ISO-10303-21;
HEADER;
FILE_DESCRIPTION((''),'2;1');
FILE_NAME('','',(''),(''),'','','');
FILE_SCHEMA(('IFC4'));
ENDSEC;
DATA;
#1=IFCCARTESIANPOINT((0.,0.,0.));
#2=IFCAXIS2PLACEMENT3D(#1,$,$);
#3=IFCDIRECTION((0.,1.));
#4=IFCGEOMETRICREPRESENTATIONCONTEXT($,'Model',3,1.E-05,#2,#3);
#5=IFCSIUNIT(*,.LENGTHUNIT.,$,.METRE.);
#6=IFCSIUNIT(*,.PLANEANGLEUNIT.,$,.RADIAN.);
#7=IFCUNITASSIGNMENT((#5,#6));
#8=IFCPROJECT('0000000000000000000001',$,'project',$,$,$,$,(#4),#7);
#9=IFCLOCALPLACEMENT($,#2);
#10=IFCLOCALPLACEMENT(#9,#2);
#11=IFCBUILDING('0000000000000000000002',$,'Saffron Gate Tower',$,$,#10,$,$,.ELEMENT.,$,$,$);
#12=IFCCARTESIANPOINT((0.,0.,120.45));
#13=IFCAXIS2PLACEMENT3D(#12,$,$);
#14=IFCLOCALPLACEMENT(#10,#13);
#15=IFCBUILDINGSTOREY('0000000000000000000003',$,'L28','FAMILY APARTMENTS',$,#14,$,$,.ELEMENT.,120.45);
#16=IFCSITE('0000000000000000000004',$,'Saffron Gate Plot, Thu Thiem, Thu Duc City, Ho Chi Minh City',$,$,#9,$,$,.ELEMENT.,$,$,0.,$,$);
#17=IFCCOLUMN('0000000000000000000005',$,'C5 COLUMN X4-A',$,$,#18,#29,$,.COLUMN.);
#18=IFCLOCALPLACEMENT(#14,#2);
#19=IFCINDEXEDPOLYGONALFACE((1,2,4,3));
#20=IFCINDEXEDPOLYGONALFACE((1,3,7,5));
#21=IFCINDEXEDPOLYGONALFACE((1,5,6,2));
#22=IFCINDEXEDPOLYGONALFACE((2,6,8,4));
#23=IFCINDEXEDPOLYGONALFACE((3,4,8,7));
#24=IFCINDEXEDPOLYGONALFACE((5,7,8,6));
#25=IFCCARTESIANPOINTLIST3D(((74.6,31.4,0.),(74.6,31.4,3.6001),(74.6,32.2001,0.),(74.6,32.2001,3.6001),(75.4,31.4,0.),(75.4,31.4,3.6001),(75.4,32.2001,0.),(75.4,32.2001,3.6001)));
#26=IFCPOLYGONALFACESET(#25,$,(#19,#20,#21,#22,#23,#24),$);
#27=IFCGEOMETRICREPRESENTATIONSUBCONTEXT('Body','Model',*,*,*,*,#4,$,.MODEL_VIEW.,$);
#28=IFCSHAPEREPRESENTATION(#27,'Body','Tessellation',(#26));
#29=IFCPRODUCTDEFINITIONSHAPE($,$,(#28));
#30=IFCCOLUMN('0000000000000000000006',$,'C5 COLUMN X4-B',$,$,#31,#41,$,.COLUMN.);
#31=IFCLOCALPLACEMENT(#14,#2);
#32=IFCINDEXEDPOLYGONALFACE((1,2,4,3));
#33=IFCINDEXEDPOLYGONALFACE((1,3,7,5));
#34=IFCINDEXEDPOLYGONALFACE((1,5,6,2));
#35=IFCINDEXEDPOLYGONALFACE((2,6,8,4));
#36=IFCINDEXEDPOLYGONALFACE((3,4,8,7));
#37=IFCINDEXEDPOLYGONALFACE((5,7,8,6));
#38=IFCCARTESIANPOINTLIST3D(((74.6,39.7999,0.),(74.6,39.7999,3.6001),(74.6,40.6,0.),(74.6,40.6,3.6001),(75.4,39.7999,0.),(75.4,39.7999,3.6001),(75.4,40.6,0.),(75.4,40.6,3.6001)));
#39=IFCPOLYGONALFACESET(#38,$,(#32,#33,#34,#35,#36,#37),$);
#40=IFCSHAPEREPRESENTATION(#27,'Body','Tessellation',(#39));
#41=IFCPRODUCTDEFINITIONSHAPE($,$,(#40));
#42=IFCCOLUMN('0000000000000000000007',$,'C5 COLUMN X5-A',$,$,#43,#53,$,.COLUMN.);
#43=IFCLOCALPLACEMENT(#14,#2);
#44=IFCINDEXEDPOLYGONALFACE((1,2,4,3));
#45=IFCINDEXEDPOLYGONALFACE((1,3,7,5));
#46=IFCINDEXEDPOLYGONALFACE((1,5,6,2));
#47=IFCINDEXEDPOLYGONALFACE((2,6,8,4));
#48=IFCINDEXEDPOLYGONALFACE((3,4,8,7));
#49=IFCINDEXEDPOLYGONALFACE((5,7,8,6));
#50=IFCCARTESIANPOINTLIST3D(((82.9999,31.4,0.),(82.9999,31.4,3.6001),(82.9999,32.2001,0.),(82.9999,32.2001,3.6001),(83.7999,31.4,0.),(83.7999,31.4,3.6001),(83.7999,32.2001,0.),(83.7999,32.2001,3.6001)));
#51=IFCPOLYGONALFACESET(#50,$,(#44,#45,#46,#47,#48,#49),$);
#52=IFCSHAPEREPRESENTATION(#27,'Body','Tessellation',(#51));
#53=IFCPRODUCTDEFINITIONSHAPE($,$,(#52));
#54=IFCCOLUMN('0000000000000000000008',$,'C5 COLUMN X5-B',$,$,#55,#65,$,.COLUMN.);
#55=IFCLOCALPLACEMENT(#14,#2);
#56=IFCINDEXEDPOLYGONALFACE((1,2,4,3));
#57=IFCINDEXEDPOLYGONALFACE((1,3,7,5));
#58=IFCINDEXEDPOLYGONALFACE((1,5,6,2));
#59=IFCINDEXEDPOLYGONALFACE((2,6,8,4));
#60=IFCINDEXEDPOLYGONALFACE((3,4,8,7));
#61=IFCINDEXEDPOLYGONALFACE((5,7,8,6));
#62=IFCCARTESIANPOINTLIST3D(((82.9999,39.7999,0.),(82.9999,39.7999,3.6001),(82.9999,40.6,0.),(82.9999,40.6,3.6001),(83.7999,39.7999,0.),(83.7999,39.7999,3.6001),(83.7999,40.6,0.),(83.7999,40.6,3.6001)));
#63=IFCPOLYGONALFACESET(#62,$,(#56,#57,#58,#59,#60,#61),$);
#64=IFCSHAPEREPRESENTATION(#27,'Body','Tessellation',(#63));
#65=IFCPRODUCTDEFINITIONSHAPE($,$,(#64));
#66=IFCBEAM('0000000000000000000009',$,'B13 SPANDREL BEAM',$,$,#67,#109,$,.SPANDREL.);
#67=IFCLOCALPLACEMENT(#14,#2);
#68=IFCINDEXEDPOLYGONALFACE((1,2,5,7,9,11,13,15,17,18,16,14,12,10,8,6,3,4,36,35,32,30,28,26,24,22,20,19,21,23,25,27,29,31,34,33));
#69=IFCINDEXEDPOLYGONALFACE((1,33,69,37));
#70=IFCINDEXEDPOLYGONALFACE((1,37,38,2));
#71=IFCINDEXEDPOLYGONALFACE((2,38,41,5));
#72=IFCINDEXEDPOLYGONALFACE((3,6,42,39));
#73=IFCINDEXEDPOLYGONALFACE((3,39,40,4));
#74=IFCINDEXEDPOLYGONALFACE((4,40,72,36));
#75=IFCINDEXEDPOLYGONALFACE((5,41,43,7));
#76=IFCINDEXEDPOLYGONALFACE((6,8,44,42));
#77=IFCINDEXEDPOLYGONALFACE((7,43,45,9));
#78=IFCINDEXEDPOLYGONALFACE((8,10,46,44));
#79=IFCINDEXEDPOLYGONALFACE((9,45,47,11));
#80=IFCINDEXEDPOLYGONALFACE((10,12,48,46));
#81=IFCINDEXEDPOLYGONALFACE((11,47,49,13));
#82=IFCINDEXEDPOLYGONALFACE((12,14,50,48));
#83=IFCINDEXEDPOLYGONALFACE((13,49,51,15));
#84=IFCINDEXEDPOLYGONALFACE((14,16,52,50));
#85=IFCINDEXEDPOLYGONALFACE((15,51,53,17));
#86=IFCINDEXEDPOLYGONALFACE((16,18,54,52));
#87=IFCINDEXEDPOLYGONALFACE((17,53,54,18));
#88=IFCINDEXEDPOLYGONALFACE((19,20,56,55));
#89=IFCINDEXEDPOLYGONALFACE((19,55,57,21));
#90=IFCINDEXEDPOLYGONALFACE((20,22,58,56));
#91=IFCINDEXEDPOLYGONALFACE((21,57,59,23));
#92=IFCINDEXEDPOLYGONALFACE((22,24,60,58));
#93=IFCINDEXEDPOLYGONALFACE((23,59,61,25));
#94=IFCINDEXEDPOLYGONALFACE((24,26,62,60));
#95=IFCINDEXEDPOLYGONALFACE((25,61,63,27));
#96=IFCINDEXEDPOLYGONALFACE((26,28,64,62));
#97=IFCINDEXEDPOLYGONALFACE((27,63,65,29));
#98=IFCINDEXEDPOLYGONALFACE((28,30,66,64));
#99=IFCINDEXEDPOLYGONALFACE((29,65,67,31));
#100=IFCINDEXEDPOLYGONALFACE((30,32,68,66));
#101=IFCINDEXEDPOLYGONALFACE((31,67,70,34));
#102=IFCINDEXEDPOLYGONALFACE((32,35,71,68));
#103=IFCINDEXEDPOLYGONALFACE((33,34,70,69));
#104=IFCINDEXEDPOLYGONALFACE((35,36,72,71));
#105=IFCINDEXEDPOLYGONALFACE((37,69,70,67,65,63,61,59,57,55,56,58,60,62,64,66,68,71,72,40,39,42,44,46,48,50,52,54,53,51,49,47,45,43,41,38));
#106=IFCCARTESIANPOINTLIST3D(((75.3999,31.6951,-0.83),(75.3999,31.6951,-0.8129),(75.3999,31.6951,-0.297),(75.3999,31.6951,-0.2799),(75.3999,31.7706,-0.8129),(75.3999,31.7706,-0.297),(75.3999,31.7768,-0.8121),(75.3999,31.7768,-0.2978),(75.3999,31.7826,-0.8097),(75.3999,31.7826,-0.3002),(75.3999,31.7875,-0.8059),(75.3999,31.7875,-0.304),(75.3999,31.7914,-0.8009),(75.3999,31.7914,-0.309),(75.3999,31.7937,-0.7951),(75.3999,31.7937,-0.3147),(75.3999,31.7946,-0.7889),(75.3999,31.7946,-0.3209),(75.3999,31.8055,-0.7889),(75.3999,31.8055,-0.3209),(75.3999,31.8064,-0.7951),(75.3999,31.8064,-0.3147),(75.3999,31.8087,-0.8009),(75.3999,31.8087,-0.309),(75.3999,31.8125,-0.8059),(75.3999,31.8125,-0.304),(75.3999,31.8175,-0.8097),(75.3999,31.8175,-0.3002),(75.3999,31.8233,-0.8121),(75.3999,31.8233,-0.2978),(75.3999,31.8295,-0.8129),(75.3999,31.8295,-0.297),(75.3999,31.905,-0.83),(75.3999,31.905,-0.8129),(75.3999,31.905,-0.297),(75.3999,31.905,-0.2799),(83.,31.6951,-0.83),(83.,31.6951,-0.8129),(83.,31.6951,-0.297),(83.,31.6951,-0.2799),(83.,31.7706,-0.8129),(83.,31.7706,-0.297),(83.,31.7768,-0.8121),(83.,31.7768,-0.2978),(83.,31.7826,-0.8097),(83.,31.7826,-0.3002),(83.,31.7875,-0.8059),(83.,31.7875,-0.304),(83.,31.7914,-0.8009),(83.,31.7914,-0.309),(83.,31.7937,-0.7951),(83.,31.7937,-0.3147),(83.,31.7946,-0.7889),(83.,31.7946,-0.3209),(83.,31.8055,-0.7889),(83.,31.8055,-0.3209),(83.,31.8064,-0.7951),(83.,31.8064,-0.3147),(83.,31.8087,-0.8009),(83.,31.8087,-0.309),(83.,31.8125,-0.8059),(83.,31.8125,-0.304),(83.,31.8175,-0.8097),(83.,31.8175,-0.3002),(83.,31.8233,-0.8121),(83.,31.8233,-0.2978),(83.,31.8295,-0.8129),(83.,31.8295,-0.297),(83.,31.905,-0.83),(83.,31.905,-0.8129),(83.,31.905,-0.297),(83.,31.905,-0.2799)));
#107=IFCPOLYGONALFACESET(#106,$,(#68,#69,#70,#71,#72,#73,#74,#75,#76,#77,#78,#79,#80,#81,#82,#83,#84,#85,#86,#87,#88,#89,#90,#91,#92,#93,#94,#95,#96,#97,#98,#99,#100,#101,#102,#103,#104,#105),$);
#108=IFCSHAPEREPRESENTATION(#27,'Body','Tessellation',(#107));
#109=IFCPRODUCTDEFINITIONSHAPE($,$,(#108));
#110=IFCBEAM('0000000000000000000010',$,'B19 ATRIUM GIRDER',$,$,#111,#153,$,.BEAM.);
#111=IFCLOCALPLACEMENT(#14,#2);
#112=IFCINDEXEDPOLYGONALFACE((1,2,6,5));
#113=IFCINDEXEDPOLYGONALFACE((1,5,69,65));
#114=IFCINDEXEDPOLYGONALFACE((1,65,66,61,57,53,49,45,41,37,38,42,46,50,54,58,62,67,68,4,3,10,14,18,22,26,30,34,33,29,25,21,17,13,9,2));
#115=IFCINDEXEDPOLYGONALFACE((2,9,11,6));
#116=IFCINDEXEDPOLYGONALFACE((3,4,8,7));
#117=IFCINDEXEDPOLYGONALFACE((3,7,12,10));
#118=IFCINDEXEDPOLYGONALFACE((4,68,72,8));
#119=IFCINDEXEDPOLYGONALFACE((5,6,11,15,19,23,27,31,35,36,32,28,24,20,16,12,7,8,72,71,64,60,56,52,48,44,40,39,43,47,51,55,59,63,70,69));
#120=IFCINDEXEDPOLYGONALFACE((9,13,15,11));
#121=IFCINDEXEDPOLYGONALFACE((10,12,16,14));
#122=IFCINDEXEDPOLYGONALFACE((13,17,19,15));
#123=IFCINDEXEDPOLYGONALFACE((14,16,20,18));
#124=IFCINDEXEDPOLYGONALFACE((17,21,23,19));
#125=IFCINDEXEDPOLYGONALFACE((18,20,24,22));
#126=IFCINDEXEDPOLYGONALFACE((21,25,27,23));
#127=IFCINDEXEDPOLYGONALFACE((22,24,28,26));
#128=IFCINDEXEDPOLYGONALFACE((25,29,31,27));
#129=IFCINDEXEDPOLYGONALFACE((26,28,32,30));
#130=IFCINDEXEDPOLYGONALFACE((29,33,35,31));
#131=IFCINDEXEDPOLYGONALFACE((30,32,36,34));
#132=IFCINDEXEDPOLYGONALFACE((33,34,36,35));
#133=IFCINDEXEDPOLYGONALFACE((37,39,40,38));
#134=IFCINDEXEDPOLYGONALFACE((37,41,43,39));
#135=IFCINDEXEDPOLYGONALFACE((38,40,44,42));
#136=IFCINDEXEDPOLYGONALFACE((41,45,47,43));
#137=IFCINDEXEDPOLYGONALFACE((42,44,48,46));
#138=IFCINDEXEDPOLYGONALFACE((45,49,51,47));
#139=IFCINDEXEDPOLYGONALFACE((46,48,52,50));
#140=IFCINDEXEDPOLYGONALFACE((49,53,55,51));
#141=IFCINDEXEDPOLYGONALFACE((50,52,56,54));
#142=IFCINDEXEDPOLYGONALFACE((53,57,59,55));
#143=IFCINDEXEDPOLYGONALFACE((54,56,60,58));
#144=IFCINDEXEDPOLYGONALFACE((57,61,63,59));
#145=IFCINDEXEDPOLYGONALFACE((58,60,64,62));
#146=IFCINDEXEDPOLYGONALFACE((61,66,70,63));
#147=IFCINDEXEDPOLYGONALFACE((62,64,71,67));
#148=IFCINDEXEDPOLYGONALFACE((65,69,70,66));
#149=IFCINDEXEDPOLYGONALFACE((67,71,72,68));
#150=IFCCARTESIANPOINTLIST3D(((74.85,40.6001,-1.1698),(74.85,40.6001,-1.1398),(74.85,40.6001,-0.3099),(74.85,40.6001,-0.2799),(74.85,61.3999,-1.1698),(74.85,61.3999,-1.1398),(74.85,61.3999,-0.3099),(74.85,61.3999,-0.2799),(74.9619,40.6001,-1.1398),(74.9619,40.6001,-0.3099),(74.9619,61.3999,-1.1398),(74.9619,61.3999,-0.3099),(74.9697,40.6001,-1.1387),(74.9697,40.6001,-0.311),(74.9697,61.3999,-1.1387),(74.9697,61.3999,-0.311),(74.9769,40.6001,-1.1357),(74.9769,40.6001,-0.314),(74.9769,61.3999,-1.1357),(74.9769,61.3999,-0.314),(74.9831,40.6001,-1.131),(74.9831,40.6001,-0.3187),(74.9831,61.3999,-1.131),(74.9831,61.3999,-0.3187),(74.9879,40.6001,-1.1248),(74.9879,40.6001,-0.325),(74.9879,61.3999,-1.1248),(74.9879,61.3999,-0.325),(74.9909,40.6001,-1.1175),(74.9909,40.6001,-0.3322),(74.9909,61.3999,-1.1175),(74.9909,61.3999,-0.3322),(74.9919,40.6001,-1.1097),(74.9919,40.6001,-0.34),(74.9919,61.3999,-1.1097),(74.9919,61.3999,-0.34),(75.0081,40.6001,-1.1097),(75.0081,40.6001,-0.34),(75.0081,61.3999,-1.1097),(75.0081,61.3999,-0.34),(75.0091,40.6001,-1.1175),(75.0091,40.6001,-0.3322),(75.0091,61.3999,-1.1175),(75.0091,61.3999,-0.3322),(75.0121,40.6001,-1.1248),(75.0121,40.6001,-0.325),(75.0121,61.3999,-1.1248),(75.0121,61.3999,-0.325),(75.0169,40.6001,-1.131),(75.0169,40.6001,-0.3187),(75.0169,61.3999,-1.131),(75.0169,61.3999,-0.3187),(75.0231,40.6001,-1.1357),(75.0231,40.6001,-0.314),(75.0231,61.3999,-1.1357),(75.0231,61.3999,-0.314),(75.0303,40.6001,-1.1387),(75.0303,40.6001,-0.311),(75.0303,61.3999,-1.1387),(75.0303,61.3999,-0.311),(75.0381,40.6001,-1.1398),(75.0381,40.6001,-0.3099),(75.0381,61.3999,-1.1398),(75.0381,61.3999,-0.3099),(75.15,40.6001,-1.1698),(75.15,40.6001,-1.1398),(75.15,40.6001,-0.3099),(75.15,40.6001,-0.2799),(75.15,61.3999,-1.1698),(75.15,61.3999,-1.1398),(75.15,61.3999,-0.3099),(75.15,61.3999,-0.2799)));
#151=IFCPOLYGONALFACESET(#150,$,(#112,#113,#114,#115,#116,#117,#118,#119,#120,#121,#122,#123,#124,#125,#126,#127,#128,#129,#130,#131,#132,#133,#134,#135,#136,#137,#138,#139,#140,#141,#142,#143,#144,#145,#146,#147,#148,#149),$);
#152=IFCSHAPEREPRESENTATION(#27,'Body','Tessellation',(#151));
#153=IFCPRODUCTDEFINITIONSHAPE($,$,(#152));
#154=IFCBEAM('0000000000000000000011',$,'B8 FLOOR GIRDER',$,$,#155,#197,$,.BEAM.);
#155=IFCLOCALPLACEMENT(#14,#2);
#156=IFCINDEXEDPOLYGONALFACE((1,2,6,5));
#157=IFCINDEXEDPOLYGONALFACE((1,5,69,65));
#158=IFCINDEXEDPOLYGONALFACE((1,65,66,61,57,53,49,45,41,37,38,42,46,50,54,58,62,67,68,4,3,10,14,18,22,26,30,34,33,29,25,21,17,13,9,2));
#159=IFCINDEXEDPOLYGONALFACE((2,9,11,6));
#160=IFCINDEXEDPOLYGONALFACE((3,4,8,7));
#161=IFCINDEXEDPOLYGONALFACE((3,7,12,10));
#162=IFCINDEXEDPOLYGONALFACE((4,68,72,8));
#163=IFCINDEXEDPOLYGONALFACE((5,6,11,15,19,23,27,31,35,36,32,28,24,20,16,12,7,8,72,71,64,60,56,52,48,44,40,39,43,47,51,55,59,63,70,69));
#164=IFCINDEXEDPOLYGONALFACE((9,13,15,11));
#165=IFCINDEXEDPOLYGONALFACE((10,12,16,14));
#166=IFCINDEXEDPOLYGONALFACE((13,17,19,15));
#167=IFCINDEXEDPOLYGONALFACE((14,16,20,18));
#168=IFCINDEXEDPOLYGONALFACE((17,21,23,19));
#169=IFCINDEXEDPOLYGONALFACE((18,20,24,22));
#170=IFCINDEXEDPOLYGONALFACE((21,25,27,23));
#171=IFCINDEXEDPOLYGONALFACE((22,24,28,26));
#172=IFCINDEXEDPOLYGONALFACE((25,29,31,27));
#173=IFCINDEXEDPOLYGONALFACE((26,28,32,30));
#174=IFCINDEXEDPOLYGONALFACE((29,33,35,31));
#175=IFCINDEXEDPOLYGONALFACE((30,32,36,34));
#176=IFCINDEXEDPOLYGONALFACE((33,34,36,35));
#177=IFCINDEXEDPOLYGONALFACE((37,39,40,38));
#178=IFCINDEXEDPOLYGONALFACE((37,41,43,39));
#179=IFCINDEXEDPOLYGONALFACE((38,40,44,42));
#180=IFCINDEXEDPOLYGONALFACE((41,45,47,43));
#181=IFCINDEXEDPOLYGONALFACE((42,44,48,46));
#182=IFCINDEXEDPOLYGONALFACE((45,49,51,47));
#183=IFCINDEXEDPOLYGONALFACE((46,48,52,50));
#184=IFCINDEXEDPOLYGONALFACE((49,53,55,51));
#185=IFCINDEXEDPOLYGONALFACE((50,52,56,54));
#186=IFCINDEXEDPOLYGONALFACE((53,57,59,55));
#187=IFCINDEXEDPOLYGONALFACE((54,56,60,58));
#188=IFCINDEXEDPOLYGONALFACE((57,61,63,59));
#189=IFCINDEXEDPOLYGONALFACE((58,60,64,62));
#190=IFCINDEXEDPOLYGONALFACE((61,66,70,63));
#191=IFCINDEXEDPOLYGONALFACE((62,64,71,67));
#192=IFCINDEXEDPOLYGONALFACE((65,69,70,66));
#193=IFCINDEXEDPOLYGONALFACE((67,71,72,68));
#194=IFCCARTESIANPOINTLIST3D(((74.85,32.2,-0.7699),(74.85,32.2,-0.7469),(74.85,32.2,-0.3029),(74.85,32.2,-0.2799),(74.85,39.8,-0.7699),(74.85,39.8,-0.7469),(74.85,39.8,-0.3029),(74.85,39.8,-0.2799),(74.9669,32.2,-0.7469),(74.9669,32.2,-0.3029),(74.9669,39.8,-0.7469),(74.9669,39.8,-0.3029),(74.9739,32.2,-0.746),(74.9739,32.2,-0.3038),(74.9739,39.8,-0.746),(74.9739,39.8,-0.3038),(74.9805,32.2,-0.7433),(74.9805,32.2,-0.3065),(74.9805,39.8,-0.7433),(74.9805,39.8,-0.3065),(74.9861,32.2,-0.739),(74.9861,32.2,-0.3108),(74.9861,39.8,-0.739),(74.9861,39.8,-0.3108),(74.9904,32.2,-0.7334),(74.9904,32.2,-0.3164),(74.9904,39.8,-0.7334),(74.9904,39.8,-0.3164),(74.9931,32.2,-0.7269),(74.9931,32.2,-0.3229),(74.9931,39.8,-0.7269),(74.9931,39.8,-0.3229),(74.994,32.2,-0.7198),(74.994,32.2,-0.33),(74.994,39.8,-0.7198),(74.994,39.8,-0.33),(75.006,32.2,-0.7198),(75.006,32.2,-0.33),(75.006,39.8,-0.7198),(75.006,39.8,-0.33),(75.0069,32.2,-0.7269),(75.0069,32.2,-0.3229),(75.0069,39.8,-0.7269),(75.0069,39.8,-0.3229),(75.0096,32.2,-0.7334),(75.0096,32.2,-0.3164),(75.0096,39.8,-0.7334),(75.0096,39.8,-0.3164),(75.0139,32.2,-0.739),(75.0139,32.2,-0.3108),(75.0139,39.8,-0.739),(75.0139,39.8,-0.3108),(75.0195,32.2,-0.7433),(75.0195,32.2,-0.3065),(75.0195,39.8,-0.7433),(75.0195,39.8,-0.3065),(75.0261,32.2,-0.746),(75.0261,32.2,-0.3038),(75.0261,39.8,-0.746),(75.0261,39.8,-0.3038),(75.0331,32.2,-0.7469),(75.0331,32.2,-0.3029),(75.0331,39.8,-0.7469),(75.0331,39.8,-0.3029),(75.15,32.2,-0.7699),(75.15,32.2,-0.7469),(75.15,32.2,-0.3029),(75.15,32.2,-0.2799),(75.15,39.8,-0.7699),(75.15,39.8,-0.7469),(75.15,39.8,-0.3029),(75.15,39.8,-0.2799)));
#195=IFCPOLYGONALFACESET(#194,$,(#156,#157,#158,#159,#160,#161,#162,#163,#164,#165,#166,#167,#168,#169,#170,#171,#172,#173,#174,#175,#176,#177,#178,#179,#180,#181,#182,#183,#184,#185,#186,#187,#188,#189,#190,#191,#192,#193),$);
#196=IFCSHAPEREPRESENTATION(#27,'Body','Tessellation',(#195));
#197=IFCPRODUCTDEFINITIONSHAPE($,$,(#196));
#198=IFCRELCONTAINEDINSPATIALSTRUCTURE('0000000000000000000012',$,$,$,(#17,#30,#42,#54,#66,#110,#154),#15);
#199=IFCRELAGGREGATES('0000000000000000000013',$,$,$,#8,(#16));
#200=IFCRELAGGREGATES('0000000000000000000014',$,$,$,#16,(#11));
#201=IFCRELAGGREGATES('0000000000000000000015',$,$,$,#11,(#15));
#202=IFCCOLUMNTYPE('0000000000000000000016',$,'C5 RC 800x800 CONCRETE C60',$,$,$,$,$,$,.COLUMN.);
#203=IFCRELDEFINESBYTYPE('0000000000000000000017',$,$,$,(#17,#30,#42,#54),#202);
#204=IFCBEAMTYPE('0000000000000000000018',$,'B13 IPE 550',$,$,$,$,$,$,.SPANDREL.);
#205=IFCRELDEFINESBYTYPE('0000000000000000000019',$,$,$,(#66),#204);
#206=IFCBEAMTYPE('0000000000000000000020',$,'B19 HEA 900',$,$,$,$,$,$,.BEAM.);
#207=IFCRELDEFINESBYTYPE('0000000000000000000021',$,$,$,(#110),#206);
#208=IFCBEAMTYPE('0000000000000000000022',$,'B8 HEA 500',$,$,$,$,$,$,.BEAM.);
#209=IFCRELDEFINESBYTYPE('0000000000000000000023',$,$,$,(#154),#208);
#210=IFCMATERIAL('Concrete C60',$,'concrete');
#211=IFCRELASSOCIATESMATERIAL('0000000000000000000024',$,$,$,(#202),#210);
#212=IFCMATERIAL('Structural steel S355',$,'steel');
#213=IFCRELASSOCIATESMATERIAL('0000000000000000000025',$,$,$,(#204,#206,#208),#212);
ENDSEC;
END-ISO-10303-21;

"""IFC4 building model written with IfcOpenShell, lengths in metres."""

from ifc_helpers import new_model, si_unit, direction, frame, origin, origin_2d, place, context, subcontext, project, spatial, rectangle, i_section, extrude, material, material_profile, profile_set, type_object, element, save


model = new_model("IFC4")

# Units and contexts
model_context = context("Model", 3, precision=1e-05, world=origin(), true_north=direction((0.0, 1.0)))
body_context = subcontext(model_context, "Body", "Model", "MODEL_VIEW")
ifc_project = project(units=[si_unit("LENGTHUNIT", "METRE"), si_unit("PLANEANGLEUNIT", "RADIAN")], contexts=[model_context])

# Site, building, storey
site_placement = place(None, origin())
site = spatial("IfcSite", under=ifc_project, at=site_placement, Name="Saffron Gate Plot, Thu Thiem, Thu Duc City, Ho Chi Minh City", CompositionType="ELEMENT", RefElevation=0.0)
building_placement = place(site_placement, origin())
building = spatial("IfcBuilding", under=site, at=building_placement, Name="Saffron Gate Tower", CompositionType="ELEMENT")
storey_placement = place(building_placement, frame((0.0, 0.0, 120.45)))
storey = spatial("IfcBuildingStorey", under=building, at=storey_placement, Name="L28", Description="FAMILY APARTMENTS", CompositionType="ELEMENT", Elevation=120.45)

# Columns
ifc_material_1 = material(Name="Concrete C60", Category="concrete")
ifc_material_profile_1 = material_profile(ifc_material_1, rectangle(XDim=0.8, YDim=0.8, at=origin_2d()))
ifc_profile_set_1 = profile_set([ifc_material_profile_1], Name="Concrete C60")
column_type = type_object("IfcColumnType", Name="C5 RC 800x800 CONCRETE C60", PredefinedType="COLUMN", material=ifc_profile_set_1)
for number, where, z_axis, x_axis, name in (
    (1, (75.0, 31.8, 0.0), (0.0, 0.0, 1.0), (1.0, 0.0, 0.0), "C5 COLUMN X4-A"),
    (2, (75.0, 40.2, 0.0), (0.0, 0.0, 1.0), (1.0, 0.0, 0.0), "C5 COLUMN X4-B"),
    (3, (83.3999, 31.8, 0.0), (0.0, 0.0, 1.0), (1.0, 0.0, 0.0), "C5 COLUMN X5-A"),
    (4, (83.3999, 40.2, 0.0), (0.0, 0.0, 1.0), (1.0, 0.0, 0.0), "C5 COLUMN X5-B"),
):
    element("IfcColumn", number, at=place(storey_placement, frame(where, z_axis=z_axis, x_axis=x_axis)), inside=storey, type_object=column_type, Name=name, PredefinedType="COLUMN", context=body_context, shape_type="SweptSolid", body=[
        extrude(rectangle(XDim=0.8, YDim=0.8, at=origin_2d()), origin(), (0.0, 0.0, 1.0), 3.6001),
    ])

# Beams
ifc_material_2 = material(Name="Structural steel S355", Category="steel")
ifc_material_profile_2 = material_profile(ifc_material_2, i_section(OverallWidth=0.21, OverallDepth=0.55, WebThickness=0.011, FlangeThickness=0.0171, FilletRadius=0.0239, at=origin_2d()))
ifc_profile_set_2 = profile_set([ifc_material_profile_2], Name="Structural steel S355")
beam_type_1 = type_object("IfcBeamType", Name="B13 IPE 550", PredefinedType="SPANDREL", material=ifc_profile_set_2)
beam_1_placement = place(storey_placement, frame((75.3999, 31.8, -0.5549), z_axis=(1.0, 0.0, 0.0), x_axis=(0.0, 1.0, 0.0)))
element("IfcBeam", 5, at=beam_1_placement, inside=storey, type_object=beam_type_1, Name="B13 SPANDREL BEAM", PredefinedType="SPANDREL", context=body_context, shape_type="SweptSolid", body=[
    extrude(i_section(OverallWidth=0.21, OverallDepth=0.55, WebThickness=0.011, FlangeThickness=0.0171, FilletRadius=0.0239, at=origin_2d()), origin(), (0.0, 0.0, 1.0), 7.6001),
])
ifc_material_profile_3 = material_profile(ifc_material_2, i_section(OverallWidth=0.3, OverallDepth=0.8899, WebThickness=0.0161, FlangeThickness=0.03, FilletRadius=0.03, at=origin_2d()))
ifc_profile_set_3 = profile_set([ifc_material_profile_3], Name="Structural steel S355")
beam_type_2 = type_object("IfcBeamType", Name="B19 HEA 900", PredefinedType="BEAM", material=ifc_profile_set_3)
beam_2_placement = place(storey_placement, frame((75.0, 40.6001, -0.7249), z_axis=(0.0, 1.0, 0.0), x_axis=(-1.0, 0.0, 0.0)))
element("IfcBeam", 6, at=beam_2_placement, inside=storey, type_object=beam_type_2, Name="B19 ATRIUM GIRDER", PredefinedType="BEAM", context=body_context, shape_type="SweptSolid", body=[
    extrude(i_section(OverallWidth=0.3, OverallDepth=0.8899, WebThickness=0.0161, FlangeThickness=0.03, FilletRadius=0.03, at=origin_2d()), origin(), (0.0, 0.0, 1.0), 20.7998),
])
ifc_material_profile_4 = material_profile(ifc_material_2, i_section(OverallWidth=0.3, OverallDepth=0.49, WebThickness=0.012, FlangeThickness=0.0229, FilletRadius=0.0271, at=origin_2d()))
ifc_profile_set_4 = profile_set([ifc_material_profile_4], Name="Structural steel S355")
beam_type_3 = type_object("IfcBeamType", Name="B8 HEA 500", PredefinedType="BEAM", material=ifc_profile_set_4)
for number, where, z_axis, x_axis, name in (
    (7, (75.0, 32.2, -0.5249), (0.0, 1.0, 0.0), (-1.0, 0.0, 0.0), "B8 FLOOR GIRDER"),
):
    element("IfcBeam", number, at=place(storey_placement, frame(where, z_axis=z_axis, x_axis=x_axis)), inside=storey, type_object=beam_type_3, Name=name, PredefinedType="BEAM", context=body_context, shape_type="SweptSolid", body=[
        extrude(i_section(OverallWidth=0.3, OverallDepth=0.49, WebThickness=0.012, FlangeThickness=0.0229, FilletRadius=0.0271, at=origin_2d()), origin(), (0.0, 0.0, 1.0), 7.6001),
    ])

save(model, "model.ifc")
